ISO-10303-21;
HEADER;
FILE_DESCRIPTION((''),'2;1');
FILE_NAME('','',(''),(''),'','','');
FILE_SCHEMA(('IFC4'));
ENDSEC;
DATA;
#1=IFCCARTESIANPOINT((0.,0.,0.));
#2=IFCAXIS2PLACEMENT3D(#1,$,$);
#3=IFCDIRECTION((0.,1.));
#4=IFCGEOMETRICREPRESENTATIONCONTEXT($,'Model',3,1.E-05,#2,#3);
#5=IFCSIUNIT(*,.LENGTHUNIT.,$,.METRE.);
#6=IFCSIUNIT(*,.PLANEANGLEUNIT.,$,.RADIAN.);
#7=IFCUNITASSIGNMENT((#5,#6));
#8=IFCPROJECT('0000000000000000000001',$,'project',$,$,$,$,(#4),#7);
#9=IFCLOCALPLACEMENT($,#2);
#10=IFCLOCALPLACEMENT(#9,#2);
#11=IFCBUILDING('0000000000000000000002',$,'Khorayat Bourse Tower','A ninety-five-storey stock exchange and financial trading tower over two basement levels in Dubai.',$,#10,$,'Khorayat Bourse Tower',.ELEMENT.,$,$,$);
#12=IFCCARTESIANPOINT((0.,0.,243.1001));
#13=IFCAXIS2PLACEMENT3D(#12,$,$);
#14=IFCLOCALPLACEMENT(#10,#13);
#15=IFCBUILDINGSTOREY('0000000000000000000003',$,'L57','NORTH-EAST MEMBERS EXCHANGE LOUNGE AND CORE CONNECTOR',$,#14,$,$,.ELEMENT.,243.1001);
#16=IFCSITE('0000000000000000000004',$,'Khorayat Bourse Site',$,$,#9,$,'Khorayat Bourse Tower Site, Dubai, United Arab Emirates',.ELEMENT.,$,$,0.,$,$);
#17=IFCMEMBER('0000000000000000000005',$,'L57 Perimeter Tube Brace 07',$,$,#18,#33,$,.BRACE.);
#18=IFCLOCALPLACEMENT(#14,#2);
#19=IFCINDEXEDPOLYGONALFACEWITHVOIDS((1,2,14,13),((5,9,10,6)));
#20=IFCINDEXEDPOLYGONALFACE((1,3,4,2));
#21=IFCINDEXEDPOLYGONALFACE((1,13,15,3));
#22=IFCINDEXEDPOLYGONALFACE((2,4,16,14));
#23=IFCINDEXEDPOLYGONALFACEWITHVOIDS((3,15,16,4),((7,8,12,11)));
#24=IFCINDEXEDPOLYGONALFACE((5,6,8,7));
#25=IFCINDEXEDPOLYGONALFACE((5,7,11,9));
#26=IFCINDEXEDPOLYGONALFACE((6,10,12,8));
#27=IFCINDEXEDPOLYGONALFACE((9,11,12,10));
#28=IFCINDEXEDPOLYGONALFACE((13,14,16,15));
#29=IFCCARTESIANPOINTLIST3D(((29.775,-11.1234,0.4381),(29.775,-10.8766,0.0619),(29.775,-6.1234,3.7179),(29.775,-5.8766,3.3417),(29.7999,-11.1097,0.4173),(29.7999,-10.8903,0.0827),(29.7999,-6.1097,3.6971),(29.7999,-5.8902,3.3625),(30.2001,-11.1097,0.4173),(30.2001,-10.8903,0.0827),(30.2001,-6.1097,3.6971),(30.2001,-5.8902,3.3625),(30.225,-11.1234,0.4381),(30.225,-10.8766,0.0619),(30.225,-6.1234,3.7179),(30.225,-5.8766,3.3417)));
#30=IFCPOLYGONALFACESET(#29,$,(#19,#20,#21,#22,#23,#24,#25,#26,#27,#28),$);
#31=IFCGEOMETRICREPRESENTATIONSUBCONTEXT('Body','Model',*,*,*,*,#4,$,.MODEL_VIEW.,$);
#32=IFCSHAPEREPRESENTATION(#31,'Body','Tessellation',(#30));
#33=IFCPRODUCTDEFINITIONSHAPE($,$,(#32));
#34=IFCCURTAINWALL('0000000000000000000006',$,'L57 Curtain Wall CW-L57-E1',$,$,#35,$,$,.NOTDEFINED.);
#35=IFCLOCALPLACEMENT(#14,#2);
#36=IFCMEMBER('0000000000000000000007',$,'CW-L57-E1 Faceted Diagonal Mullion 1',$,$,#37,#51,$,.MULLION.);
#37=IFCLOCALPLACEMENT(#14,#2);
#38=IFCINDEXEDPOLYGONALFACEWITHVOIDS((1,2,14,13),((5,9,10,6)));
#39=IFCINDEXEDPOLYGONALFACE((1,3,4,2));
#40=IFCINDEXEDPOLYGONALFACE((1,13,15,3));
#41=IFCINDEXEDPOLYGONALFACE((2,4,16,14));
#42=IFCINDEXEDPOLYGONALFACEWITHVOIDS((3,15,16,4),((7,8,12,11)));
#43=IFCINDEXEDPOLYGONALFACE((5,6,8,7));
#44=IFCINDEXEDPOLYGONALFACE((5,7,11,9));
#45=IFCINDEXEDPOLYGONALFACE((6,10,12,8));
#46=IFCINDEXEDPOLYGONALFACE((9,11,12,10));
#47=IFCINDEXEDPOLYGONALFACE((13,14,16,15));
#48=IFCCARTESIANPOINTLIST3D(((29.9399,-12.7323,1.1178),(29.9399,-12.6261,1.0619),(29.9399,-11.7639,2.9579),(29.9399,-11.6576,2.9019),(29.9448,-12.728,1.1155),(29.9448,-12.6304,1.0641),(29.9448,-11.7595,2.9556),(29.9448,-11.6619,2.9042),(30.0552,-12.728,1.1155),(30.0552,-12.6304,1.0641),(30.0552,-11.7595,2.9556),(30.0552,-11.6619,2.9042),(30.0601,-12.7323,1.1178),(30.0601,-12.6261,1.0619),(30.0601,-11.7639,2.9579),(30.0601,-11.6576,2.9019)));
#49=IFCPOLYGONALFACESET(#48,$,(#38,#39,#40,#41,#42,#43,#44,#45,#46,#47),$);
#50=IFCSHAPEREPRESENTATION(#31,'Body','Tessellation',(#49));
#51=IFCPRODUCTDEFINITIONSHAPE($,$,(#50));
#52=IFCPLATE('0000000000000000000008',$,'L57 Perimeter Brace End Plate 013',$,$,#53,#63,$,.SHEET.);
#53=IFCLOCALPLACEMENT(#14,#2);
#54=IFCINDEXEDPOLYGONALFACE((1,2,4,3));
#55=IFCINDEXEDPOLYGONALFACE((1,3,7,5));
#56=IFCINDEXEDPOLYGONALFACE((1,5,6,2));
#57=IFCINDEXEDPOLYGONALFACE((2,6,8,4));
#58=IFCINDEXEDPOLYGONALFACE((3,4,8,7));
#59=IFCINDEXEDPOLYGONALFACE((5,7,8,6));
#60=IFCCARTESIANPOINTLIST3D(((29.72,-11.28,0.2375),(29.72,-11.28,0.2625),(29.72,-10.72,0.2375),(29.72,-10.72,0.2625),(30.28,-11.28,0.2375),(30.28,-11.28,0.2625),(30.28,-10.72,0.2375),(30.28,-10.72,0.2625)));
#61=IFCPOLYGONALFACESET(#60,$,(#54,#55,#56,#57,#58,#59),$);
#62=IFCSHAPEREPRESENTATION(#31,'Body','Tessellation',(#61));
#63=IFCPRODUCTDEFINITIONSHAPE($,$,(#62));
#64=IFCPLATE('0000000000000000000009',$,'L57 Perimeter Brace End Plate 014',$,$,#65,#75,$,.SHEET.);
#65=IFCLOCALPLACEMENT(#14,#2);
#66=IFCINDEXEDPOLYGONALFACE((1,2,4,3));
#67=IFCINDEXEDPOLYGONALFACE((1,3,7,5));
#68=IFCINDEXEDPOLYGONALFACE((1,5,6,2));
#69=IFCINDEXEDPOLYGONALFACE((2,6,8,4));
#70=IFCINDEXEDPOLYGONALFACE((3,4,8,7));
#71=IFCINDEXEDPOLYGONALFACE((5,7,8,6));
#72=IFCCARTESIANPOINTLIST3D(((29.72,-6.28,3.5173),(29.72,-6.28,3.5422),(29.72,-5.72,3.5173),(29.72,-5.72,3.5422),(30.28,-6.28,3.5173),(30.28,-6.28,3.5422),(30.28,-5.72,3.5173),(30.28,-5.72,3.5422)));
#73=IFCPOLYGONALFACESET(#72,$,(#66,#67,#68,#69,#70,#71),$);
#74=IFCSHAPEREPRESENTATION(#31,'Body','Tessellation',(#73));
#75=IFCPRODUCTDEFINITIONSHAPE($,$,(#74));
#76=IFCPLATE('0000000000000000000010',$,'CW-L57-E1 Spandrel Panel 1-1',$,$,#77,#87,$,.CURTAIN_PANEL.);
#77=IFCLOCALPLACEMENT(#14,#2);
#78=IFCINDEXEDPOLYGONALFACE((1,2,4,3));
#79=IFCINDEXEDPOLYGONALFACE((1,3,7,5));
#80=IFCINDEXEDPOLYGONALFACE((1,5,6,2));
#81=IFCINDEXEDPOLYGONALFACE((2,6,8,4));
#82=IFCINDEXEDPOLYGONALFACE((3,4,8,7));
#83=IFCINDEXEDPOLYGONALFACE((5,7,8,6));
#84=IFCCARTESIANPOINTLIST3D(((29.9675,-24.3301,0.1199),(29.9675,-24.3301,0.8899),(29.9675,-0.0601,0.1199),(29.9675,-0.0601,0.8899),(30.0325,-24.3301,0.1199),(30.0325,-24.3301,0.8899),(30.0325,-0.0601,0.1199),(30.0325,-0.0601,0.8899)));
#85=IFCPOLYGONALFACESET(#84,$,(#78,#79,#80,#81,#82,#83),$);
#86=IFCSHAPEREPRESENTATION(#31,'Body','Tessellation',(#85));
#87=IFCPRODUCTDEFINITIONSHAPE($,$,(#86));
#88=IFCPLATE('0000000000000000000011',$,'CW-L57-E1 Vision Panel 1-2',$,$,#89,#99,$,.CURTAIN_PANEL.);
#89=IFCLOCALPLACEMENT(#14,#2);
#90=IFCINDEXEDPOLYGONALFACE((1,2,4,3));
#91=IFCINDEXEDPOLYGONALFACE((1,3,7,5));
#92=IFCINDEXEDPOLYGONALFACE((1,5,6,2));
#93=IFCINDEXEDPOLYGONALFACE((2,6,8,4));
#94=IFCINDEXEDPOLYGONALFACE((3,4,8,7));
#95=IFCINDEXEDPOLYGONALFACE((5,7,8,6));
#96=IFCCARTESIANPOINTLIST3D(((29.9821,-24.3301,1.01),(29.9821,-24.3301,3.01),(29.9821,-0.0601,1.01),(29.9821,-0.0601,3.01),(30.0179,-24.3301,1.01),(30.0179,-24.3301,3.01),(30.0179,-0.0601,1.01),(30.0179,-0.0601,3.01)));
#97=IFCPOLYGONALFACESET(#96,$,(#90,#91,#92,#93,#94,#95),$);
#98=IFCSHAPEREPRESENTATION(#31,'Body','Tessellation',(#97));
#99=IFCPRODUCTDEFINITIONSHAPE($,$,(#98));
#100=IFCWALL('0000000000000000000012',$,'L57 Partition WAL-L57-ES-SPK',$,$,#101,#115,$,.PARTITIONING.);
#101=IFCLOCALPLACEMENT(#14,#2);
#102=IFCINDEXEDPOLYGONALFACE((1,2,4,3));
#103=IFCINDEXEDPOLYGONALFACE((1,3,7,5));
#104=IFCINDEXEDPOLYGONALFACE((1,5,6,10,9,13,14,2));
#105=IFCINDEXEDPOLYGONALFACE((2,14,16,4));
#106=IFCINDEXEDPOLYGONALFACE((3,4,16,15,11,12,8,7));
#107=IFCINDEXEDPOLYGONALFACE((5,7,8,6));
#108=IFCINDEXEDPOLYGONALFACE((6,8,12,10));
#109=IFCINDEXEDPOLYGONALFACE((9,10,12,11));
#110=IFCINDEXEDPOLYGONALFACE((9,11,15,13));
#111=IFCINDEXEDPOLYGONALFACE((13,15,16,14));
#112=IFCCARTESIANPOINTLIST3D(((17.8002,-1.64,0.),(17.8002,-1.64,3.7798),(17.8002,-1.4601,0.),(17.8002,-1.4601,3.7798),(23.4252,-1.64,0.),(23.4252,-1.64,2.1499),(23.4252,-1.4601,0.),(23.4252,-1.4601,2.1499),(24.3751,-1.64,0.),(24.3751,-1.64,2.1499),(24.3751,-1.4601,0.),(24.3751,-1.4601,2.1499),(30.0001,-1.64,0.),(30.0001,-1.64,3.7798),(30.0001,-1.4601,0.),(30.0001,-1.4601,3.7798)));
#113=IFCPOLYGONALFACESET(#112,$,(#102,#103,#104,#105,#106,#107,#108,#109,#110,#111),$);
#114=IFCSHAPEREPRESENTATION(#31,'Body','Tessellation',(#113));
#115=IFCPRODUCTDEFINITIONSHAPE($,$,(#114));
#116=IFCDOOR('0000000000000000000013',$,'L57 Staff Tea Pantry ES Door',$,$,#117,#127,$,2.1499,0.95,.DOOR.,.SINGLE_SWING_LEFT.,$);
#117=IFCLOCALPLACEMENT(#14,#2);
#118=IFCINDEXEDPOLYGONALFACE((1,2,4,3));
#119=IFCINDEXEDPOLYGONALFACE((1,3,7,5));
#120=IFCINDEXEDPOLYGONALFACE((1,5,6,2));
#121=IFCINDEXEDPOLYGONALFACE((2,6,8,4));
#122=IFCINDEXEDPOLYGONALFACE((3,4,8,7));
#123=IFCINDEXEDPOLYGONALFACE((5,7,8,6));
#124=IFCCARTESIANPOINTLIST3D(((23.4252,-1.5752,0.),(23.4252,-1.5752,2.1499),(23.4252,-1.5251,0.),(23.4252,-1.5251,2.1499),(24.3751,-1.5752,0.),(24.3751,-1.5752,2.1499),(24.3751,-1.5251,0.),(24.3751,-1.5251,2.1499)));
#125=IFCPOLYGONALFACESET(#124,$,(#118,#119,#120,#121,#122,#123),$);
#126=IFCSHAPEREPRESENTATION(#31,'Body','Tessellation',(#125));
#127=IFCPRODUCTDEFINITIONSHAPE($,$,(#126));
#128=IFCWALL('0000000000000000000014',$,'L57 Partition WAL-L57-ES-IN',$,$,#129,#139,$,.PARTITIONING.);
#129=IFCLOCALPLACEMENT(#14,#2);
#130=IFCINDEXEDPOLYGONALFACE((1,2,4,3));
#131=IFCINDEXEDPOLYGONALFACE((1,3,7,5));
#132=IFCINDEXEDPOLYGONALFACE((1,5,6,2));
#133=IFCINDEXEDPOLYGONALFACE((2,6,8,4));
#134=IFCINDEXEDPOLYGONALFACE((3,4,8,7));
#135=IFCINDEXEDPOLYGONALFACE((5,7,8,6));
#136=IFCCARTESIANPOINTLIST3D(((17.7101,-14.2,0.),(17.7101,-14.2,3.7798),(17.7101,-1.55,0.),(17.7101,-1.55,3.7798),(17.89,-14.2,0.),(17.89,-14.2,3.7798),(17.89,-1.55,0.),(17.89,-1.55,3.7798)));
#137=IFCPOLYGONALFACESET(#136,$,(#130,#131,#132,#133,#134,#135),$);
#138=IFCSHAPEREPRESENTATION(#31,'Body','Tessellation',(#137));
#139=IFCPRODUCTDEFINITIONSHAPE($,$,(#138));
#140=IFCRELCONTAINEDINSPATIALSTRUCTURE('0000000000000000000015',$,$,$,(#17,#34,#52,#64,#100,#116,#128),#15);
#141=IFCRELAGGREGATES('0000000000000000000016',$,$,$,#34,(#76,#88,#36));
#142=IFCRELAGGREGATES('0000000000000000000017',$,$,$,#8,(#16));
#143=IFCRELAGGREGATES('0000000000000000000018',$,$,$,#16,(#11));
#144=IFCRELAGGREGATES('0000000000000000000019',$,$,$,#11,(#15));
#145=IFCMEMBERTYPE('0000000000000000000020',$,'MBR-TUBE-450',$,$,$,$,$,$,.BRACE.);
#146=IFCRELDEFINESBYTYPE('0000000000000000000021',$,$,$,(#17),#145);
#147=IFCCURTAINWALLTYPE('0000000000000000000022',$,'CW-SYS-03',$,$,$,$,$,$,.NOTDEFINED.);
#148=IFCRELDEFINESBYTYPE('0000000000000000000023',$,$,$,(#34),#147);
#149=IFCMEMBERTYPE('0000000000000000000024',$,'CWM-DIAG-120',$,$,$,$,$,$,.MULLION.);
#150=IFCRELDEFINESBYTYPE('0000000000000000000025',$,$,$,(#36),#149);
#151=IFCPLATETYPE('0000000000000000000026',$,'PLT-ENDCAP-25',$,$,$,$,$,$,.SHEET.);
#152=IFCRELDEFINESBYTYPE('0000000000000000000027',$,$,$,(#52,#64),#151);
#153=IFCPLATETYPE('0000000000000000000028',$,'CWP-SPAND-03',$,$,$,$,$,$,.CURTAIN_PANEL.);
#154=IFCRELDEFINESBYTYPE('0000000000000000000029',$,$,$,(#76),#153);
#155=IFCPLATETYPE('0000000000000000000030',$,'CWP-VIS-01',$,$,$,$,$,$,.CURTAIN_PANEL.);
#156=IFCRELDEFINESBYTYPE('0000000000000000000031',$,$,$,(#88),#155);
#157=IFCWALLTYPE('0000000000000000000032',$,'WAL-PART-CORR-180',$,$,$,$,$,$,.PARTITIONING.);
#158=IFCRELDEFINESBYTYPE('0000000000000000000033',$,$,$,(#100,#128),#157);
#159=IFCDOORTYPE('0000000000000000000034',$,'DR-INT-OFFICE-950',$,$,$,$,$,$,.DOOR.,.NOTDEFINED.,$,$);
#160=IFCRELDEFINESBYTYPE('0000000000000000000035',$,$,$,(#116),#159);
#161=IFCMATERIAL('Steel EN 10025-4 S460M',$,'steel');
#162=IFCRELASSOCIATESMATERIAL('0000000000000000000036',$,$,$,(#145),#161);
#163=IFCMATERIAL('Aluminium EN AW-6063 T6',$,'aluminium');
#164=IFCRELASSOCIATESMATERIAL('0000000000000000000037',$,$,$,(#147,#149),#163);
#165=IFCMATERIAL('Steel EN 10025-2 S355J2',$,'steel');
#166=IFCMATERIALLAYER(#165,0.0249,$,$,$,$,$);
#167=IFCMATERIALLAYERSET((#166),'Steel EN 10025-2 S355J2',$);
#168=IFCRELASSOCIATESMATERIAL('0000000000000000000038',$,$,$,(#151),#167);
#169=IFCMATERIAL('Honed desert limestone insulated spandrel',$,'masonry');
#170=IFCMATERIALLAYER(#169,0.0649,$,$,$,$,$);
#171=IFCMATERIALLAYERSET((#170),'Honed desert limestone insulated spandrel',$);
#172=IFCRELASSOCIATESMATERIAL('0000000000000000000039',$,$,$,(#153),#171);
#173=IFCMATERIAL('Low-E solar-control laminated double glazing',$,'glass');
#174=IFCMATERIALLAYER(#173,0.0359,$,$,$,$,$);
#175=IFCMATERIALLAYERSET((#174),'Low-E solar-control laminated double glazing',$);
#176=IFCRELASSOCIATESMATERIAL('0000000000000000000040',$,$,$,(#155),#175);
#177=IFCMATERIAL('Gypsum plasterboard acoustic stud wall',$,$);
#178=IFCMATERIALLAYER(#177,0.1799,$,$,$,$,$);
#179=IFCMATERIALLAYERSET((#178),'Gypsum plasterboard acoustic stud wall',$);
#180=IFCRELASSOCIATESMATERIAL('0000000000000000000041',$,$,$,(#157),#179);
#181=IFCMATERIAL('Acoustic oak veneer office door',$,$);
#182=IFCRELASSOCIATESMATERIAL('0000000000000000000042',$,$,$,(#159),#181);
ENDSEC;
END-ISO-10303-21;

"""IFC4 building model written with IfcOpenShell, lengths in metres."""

from ifc_helpers import new_model, si_unit, direction, frame, frame_2d, origin, origin_2d, place, context, subcontext, project, spatial, rectangle, hollow_rectangle, extrude, source, transform, mapped, material, layer, layer_set, material_profile, profile_set, type_object, element, fill, aggregate, save


model = new_model("IFC4")

# Units and contexts
model_context = context("Model", 3, precision=1e-05, world=origin(), true_north=direction((0.0, 1.0)))
body_context = subcontext(model_context, "Body", "Model", "MODEL_VIEW")
ifc_project = project(units=[si_unit("LENGTHUNIT", "METRE"), si_unit("PLANEANGLEUNIT", "RADIAN")], contexts=[model_context])

# Site, building, storey
site_placement = place(None, origin())
site = spatial("IfcSite", under=ifc_project, at=site_placement, Name="Khorayat Bourse Site", LongName="Khorayat Bourse Tower Site, Dubai, United Arab Emirates", CompositionType="ELEMENT", RefElevation=0.0)
building_placement = place(site_placement, origin())
building = spatial("IfcBuilding", under=site, at=building_placement, Name="Khorayat Bourse Tower", Description="A ninety-five-storey stock exchange and financial trading tower over two basement levels in Dubai.", LongName="Khorayat Bourse Tower", CompositionType="ELEMENT")
storey_placement = place(building_placement, frame((0.0, 0.0, 243.1001)))
storey = spatial("IfcBuildingStorey", under=building, at=storey_placement, Name="L57", Description="NORTH-EAST MEMBERS EXCHANGE LOUNGE AND CORE CONNECTOR", CompositionType="ELEMENT", Elevation=243.1001)

# Shared definitions
ifc_material_1 = material(Name="Steel EN 10025-4 S460M", Category="steel")

# Member
ifc_material_profile_1 = material_profile(ifc_material_1, hollow_rectangle(XDim=0.45, YDim=0.45, WallThickness=0.0249, at=origin_2d()), Name="HSS 450x450x25")
ifc_profile_set_1 = profile_set([ifc_material_profile_1], Name="Steel EN 10025-4 S460M")
member_type_1 = type_object("IfcMemberType", Name="MBR-TUBE-450", PredefinedType="BRACE", material=ifc_profile_set_1)
shared_shape_1 = source(origin(), body_context, "Body", "SweptSolid", [
    extrude(hollow_rectangle(XDim=0.45, YDim=0.45, WallThickness=0.0249, at=origin_2d()), origin(), (0.0, 0.0, 1.0), 5.9797),
])
member_1_placement = place(storey_placement, frame((30.0, -11.0, 0.25), z_axis=(0.0, 0.83616, 0.548485), x_axis=(-1.0, 0.0, 0.0)))
element("IfcMember", 1, at=member_1_placement, inside=storey, type_object=member_type_1, Name="L57 Perimeter Tube Brace 07", PredefinedType="BRACE", context=body_context, shape_type="MappedRepresentation", body=[
    mapped(shared_shape_1, transform((0.0, 0.0, 0.0), scale=1.0)),
])

# Curtain wall, member
ifc_material_2 = material(Name="Aluminium EN AW-6063 T6", Category="aluminium")
curtain_wall_type = type_object("IfcCurtainWallType", Name="CW-SYS-03", PredefinedType="NOTDEFINED", material=ifc_material_2)
curtain_wall_placement = place(storey_placement, origin())
curtain_wall = element("IfcCurtainWall", 2, at=curtain_wall_placement, inside=storey, type_object=curtain_wall_type, Name="L57 Curtain Wall CW-L57-E1", PredefinedType="NOTDEFINED")
ifc_material_profile_2 = material_profile(ifc_material_2, hollow_rectangle(XDim=0.1201, YDim=0.1201, WallThickness=0.0049, at=origin_2d()), Name="ALU 120x120x5")
ifc_profile_set_2 = profile_set([ifc_material_profile_2], Name="Aluminium EN AW-6063 T6")
member_type_2 = type_object("IfcMemberType", Name="CWM-DIAG-120", PredefinedType="MULLION", material=ifc_profile_set_2)
shared_shape_2 = source(origin(), body_context, "Body", "SweptSolid", [
    extrude(hollow_rectangle(XDim=0.1201, YDim=0.1201, WallThickness=0.0049, at=origin_2d()), origin(), (0.0, 0.0, 1.0), 2.0793),
])
member_2_placement = place(storey_placement, frame((30.0, -12.6792, 1.0898), z_axis=(0.0, 0.465761, 0.884911), x_axis=(-1.0, 0.0, 0.0)))
member_2 = element("IfcMember", 3, at=member_2_placement, type_object=member_type_2, Name="CW-L57-E1 Faceted Diagonal Mullion 1", PredefinedType="MULLION", context=body_context, shape_type="MappedRepresentation", body=[
    mapped(shared_shape_2, transform((0.0, 0.0, 0.0), scale=1.0)),
])

# Plates
ifc_material_3 = material(Name="Steel EN 10025-2 S355J2", Category="steel")
ifc_layer_1 = layer(ifc_material_3, 0.0249)
ifc_layer_set_1 = layer_set([ifc_layer_1], Name="Steel EN 10025-2 S355J2")
plate_type_1 = type_object("IfcPlateType", Name="PLT-ENDCAP-25", PredefinedType="SHEET", material=ifc_layer_set_1)
shared_shape_3 = source(origin(), body_context, "Body", "SweptSolid", [
    extrude(rectangle(XDim=0.5601, YDim=0.5601, at=origin_2d()), origin(), (0.0, 0.0, 1.0), 0.0249),
])
for number, where, z_axis, x_axis, name in (
    (4, (30.0, -11.0, 0.2375), (0.0, 0.0, 1.0), (1.0, 0.0, 0.0), "L57 Perimeter Brace End Plate 013"),
    (5, (30.0, -6.0, 3.5173), (0.0, 0.0, 1.0), (1.0, 0.0, 0.0), "L57 Perimeter Brace End Plate 014"),
):
    element("IfcPlate", number, at=place(storey_placement, frame(where, z_axis=z_axis, x_axis=x_axis)), inside=storey, type_object=plate_type_1, Name=name, PredefinedType="SHEET", context=body_context, shape_type="MappedRepresentation", body=[
        mapped(shared_shape_3, transform((0.0, 0.0, 0.0), scale=1.0)),
    ])

# Plates
ifc_material_4 = material(Name="Honed desert limestone insulated spandrel", Category="masonry")
ifc_layer_2 = layer(ifc_material_4, 0.0649)
ifc_layer_set_2 = layer_set([ifc_layer_2], Name="Honed desert limestone insulated spandrel")
plate_type_2 = type_object("IfcPlateType", Name="CWP-SPAND-03", PredefinedType="CURTAIN_PANEL", material=ifc_layer_set_2)
shared_shape_4 = source(origin(), body_context, "Body", "SweptSolid", [
    extrude(rectangle(XDim=24.27, YDim=0.0649, at=origin_2d()), origin(), (0.0, 0.0, 1.0), 0.77),
])
plate_1_placement = place(storey_placement, frame((30.0, -12.1951, 0.1199), z_axis=(0.0, 0.0, 1.0), x_axis=(0.0, 1.0, 0.0)))
plate_1 = element("IfcPlate", 6, at=plate_1_placement, type_object=plate_type_2, Name="CW-L57-E1 Spandrel Panel 1-1", PredefinedType="CURTAIN_PANEL", context=body_context, shape_type="MappedRepresentation", body=[
    mapped(shared_shape_4, transform((0.0, 0.0, 0.0), scale=1.0)),
])
ifc_material_5 = material(Name="Low-E solar-control laminated double glazing", Category="glass")
ifc_layer_3 = layer(ifc_material_5, 0.0359)
ifc_layer_set_3 = layer_set([ifc_layer_3], Name="Low-E solar-control laminated double glazing")
plate_type_3 = type_object("IfcPlateType", Name="CWP-VIS-01", PredefinedType="CURTAIN_PANEL", material=ifc_layer_set_3)
shared_shape_5 = source(origin(), body_context, "Body", "SweptSolid", [
    extrude(rectangle(XDim=24.27, YDim=0.0359, at=origin_2d()), origin(), (0.0, 0.0, 1.0), 2.0),
])
plate_2_placement = place(storey_placement, frame((30.0, -12.1951, 1.01), z_axis=(0.0, 0.0, 1.0), x_axis=(0.0, 1.0, 0.0)))
plate_2 = element("IfcPlate", 7, at=plate_2_placement, type_object=plate_type_3, Name="CW-L57-E1 Vision Panel 1-2", PredefinedType="CURTAIN_PANEL", context=body_context, shape_type="MappedRepresentation", body=[
    mapped(shared_shape_5, transform((0.0, 0.0, 0.0), scale=1.0)),
])
aggregate(curtain_wall, [plate_1, plate_2, member_2])

# Wall, opening, door
ifc_material_6 = material(Name="Gypsum plasterboard acoustic stud wall")
ifc_layer_4 = layer(ifc_material_6, 0.1799)
ifc_layer_set_4 = layer_set([ifc_layer_4], Name="Gypsum plasterboard acoustic stud wall")
wall_type = type_object("IfcWallType", Name="WAL-PART-CORR-180", PredefinedType="PARTITIONING", material=ifc_layer_set_4)
shared_shape_6 = source(origin(), body_context, "Body", "SweptSolid", [
    extrude(rectangle(XDim=12.2, YDim=0.1799, at=frame_2d((6.1001, 0.0))), origin(), (0.0, 0.0, 1.0), 3.7798),
])
wall_1_placement = place(storey_placement, frame((17.8, -1.55, 0.0), z_axis=(0.0, 0.0, 1.0), x_axis=(1.0, 0.0, 0.0)))
wall_1 = element("IfcWall", 8, at=wall_1_placement, inside=storey, type_object=wall_type, Name="L57 Partition WAL-L57-ES-SPK", PredefinedType="PARTITIONING", context=body_context, shape_type="MappedRepresentation", body=[
    mapped(shared_shape_6, transform((0.0, 0.0, 0.0), scale=1.0)),
])
shared_shape_7 = source(origin(), body_context, "Body", "SweptSolid", [
    extrude(rectangle(XDim=0.95, YDim=2.1499, at=frame_2d((0.4751, 1.075))), frame((0.0, 0.0999, 0.0), z_axis=(0.0, -1.0, 0.0), x_axis=(1.0, 0.0, 0.0)), (0.0, 0.0, 1.0), 0.2),
])
opening_placement = place(wall_1_placement, frame((5.625, 0.0, 0.0)))
opening = element("IfcOpeningElement", 9, at=opening_placement, cuts=wall_1, PredefinedType="OPENING", context=body_context, shape_type="MappedRepresentation", body=[
    mapped(shared_shape_7, transform((0.0, 0.0, 0.0), scale=1.0)),
])
ifc_material_7 = material(Name="Acoustic oak veneer office door")
door_type = type_object("IfcDoorType", Name="DR-INT-OFFICE-950", OperationType="NOTDEFINED", PredefinedType="DOOR", material=ifc_material_7)
shared_shape_8 = source(origin(), body_context, "Body", "SweptSolid", [
    extrude(rectangle(XDim=0.95, YDim=2.1499, at=frame_2d((0.4751, 1.075))), frame((0.0, 0.0249, 0.0), z_axis=(0.0, -1.0, 0.0), x_axis=(1.0, 0.0, 0.0)), (0.0, 0.0, 1.0), 0.05),
])
door_placement = place(opening_placement, origin())
door = element("IfcDoor", 10, at=door_placement, inside=storey, type_object=door_type, Name="L57 Staff Tea Pantry ES Door", OperationType="SINGLE_SWING_LEFT", OverallHeight=2.1499, OverallWidth=0.95, PredefinedType="DOOR", context=body_context, shape_type="MappedRepresentation", body=[
    mapped(shared_shape_8, transform((0.0, 0.0, 0.0), scale=1.0)),
])
fill(opening, door)

# Wall
shared_shape_9 = source(origin(), body_context, "Body", "SweptSolid", [
    extrude(rectangle(XDim=12.6499, YDim=0.1799, at=frame_2d((6.325, 0.0))), origin(), (0.0, 0.0, 1.0), 3.7798),
])
wall_2_placement = place(storey_placement, frame((17.8, -14.2, 0.0), z_axis=(0.0, 0.0, 1.0), x_axis=(0.0, 1.0, 0.0)))
element("IfcWall", 11, at=wall_2_placement, inside=storey, type_object=wall_type, Name="L57 Partition WAL-L57-ES-IN", PredefinedType="PARTITIONING", context=body_context, shape_type="MappedRepresentation", body=[
    mapped(shared_shape_9, transform((0.0, 0.0, 0.0), scale=1.0)),
])

save(model, "model.ifc")
